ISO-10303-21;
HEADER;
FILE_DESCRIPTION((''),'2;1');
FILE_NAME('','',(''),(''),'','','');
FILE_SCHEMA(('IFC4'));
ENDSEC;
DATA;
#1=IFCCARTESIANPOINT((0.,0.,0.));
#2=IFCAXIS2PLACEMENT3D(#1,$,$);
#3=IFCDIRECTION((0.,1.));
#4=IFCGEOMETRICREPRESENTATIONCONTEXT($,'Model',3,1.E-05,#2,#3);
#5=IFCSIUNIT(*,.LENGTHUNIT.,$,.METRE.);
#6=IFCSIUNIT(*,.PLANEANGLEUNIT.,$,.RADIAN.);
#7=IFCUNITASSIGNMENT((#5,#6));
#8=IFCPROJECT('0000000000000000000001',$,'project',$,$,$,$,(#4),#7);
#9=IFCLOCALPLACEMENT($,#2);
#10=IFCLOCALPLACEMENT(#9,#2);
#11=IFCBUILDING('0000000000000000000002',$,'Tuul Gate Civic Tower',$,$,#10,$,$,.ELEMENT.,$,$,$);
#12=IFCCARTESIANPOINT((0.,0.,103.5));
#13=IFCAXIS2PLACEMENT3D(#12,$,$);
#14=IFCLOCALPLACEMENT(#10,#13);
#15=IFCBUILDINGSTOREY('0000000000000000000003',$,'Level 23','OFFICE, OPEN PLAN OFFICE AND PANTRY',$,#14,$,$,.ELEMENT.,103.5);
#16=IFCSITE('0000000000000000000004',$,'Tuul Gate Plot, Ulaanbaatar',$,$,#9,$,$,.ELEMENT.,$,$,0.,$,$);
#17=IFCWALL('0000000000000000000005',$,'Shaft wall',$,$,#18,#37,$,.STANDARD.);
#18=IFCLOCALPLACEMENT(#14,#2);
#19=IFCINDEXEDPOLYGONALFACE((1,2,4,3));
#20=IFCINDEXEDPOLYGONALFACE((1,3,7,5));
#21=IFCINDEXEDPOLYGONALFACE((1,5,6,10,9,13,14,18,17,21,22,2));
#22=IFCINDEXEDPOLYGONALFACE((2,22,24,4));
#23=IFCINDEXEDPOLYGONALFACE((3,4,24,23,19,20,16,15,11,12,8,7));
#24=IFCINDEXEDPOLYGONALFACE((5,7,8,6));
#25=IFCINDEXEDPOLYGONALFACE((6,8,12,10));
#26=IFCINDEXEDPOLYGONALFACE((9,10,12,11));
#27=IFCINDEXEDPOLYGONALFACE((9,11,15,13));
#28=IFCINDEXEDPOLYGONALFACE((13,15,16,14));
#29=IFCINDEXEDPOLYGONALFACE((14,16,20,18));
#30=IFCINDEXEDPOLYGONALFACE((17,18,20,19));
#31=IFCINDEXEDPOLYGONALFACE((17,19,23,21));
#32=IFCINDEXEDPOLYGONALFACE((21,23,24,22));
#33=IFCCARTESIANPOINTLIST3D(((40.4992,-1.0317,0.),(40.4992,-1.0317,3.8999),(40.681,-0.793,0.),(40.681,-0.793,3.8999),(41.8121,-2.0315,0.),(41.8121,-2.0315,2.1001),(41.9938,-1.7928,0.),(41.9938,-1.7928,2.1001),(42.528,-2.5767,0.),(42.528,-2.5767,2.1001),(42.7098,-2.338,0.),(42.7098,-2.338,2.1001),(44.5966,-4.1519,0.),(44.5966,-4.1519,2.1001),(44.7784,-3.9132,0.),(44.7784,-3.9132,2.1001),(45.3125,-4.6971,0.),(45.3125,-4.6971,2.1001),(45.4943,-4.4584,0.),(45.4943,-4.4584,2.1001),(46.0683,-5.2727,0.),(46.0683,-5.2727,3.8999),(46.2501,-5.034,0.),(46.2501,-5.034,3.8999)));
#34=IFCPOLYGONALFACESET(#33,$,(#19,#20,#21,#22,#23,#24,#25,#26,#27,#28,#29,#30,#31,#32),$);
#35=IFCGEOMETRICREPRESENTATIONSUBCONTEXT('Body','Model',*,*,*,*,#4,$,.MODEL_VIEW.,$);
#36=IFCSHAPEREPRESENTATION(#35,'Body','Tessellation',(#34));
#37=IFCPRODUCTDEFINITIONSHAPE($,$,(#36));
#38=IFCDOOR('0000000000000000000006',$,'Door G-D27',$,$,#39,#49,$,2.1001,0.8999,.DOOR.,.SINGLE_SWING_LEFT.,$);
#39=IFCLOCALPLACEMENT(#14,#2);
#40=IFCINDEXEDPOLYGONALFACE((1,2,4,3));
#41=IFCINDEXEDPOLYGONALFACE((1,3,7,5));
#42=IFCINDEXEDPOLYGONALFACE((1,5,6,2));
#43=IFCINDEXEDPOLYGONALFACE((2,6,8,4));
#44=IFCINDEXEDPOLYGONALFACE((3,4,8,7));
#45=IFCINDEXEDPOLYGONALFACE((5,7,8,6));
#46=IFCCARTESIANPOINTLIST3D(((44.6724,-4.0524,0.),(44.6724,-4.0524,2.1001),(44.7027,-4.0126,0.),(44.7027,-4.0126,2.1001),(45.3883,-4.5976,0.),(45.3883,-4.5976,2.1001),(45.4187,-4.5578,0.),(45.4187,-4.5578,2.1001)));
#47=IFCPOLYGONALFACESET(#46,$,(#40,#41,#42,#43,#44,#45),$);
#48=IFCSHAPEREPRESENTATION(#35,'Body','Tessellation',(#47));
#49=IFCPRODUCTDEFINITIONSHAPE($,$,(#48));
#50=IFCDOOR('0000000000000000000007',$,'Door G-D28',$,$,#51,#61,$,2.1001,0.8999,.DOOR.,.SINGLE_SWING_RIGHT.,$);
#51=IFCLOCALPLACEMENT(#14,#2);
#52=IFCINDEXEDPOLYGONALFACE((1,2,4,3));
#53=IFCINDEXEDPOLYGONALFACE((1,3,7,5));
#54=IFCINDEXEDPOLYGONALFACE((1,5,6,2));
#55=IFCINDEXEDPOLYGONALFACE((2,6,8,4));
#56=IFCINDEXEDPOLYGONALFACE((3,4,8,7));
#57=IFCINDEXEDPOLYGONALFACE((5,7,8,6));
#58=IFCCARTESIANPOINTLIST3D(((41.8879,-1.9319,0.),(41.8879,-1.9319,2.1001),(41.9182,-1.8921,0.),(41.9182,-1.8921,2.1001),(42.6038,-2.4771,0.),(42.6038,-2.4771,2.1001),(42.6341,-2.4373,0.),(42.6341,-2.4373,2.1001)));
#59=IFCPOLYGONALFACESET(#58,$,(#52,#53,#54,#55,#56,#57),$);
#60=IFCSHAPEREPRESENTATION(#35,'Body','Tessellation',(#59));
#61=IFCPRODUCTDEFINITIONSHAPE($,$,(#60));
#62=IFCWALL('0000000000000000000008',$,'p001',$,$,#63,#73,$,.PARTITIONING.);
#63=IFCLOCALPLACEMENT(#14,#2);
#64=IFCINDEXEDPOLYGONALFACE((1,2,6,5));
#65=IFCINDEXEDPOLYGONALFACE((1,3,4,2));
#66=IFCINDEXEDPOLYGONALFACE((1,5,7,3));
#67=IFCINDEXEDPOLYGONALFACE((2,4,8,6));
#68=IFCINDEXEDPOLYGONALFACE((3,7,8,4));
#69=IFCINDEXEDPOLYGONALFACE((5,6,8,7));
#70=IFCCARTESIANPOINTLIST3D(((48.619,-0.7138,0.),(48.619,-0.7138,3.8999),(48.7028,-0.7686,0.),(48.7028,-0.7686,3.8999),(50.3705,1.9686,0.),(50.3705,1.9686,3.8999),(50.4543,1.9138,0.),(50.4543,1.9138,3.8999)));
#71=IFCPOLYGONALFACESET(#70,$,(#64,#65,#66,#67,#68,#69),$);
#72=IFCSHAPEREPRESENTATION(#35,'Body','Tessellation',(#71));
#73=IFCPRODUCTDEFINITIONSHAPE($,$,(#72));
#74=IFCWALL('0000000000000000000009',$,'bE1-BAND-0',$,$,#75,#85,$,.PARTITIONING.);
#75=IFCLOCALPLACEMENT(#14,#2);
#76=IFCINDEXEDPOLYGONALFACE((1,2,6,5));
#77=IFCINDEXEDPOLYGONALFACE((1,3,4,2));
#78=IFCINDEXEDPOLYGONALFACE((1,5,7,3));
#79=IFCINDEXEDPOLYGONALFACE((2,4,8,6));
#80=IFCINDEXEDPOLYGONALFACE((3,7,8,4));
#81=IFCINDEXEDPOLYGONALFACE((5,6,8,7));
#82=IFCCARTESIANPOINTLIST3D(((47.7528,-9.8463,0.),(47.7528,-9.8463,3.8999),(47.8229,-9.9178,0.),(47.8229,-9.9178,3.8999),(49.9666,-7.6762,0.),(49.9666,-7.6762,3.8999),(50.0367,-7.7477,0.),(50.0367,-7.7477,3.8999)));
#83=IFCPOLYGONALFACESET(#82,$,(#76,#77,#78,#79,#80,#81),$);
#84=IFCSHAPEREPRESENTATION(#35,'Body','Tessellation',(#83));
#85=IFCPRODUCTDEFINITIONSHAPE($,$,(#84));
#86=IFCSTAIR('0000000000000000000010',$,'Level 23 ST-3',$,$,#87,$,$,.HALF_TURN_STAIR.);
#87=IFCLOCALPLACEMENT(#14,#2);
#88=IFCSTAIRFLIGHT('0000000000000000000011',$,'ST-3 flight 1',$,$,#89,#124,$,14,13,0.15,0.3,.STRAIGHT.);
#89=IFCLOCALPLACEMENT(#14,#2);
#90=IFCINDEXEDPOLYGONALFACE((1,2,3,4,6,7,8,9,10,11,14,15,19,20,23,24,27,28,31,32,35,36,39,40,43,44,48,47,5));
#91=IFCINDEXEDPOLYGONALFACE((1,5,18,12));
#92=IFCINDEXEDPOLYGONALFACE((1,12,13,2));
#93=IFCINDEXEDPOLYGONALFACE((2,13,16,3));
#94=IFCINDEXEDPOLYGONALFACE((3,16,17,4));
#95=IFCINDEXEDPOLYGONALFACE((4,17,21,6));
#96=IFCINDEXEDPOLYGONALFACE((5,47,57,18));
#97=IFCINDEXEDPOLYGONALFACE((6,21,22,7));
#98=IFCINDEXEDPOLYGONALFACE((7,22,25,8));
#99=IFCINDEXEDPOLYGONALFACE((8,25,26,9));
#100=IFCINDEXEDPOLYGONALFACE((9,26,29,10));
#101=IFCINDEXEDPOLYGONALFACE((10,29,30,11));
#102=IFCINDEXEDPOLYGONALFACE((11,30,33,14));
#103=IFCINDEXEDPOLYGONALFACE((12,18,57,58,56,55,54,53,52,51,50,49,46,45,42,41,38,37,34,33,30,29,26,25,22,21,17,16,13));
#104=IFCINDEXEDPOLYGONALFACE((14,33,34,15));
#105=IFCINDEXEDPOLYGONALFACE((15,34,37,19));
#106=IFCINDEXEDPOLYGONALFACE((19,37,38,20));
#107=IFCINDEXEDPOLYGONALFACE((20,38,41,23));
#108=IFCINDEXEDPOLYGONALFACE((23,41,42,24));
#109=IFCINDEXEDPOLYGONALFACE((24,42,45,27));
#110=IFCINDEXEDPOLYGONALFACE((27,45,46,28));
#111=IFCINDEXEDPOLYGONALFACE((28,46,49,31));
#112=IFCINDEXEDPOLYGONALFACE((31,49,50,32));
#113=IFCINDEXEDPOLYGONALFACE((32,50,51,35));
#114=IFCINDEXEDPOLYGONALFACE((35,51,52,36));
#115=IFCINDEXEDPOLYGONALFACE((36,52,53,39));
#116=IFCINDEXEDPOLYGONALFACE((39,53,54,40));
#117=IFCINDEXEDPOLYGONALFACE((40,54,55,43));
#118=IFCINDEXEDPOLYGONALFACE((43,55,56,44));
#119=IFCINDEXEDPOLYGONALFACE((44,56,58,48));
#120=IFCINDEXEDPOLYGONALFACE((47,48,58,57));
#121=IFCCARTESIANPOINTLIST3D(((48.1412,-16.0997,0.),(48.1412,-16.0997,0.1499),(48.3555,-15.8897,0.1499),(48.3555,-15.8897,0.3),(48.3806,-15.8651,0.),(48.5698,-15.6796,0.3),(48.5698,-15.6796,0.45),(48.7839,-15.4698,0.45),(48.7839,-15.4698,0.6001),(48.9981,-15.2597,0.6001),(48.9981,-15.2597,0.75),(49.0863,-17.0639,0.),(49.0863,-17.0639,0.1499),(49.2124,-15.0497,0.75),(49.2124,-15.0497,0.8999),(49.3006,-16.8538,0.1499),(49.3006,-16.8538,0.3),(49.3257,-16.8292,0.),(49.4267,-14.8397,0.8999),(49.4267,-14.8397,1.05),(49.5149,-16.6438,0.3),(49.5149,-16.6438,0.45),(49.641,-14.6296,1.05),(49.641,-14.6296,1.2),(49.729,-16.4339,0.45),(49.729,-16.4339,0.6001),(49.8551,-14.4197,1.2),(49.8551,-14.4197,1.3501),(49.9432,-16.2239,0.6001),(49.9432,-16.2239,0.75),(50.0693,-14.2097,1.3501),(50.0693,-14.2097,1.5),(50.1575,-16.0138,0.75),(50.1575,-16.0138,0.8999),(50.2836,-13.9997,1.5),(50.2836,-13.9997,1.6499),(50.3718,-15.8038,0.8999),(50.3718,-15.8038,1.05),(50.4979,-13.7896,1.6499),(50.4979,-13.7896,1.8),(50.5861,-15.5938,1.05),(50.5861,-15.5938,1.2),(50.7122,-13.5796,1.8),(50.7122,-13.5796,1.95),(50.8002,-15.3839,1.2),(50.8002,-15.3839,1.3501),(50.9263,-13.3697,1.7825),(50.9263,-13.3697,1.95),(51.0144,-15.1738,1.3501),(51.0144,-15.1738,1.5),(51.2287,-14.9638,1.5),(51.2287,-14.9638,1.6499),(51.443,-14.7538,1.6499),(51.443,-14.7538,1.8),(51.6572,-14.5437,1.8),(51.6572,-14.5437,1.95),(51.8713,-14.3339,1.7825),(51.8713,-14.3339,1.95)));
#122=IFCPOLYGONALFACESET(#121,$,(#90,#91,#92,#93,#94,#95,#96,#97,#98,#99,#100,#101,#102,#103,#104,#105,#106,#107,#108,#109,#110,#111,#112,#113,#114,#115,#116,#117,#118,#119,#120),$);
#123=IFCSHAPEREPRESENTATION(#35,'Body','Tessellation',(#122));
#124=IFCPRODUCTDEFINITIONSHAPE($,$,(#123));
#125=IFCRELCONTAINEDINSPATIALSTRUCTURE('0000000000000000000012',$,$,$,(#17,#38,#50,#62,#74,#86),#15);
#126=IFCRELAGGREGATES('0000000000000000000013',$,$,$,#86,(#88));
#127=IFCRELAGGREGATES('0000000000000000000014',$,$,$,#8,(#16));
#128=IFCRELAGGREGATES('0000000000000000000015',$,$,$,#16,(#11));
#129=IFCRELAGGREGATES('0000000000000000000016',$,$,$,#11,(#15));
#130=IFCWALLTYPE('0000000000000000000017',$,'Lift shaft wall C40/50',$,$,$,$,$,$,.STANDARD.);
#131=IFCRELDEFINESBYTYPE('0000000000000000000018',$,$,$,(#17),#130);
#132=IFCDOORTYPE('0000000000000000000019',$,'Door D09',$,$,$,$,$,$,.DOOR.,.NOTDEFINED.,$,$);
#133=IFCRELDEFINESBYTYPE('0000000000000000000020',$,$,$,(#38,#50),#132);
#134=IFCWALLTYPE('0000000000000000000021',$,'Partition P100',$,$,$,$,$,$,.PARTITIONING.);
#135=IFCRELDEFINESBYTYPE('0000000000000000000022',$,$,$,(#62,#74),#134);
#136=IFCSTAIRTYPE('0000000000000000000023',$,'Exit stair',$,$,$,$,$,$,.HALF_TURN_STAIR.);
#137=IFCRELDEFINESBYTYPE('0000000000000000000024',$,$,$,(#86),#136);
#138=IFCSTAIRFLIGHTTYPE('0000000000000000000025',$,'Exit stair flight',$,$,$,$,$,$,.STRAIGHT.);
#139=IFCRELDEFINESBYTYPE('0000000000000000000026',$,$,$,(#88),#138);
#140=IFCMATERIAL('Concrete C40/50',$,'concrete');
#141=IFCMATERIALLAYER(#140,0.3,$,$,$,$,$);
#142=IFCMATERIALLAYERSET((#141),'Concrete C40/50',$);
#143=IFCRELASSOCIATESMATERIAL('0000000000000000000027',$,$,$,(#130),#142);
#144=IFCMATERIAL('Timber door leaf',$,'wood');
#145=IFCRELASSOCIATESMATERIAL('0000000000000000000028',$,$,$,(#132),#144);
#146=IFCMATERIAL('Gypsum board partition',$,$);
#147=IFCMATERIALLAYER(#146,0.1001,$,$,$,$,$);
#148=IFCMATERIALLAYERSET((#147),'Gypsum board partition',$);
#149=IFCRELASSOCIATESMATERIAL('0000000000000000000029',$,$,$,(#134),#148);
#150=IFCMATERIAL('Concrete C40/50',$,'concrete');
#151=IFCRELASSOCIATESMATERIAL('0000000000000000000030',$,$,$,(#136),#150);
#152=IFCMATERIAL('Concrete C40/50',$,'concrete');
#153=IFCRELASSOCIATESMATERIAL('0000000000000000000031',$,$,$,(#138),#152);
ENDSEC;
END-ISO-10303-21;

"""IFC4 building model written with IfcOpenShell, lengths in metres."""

from ifc_helpers import new_model, si_unit, direction, frame, frame_2d, origin, place, context, subcontext, project, spatial, polyline, rectangle, outline, extrude, material, layer, layer_set, type_object, element, fill, aggregate, save


model = new_model("IFC4")

# Units and contexts
model_context = context("Model", 3, precision=1e-05, world=origin(), true_north=direction((0.0, 1.0)))
body_context = subcontext(model_context, "Body", "Model", "MODEL_VIEW")
ifc_project = project(units=[si_unit("LENGTHUNIT", "METRE"), si_unit("PLANEANGLEUNIT", "RADIAN")], contexts=[model_context])

# Site, building, storey
site_placement = place(None, origin())
site = spatial("IfcSite", under=ifc_project, at=site_placement, Name="Tuul Gate Plot, Ulaanbaatar", CompositionType="ELEMENT", RefElevation=0.0)
building_placement = place(site_placement, origin())
building = spatial("IfcBuilding", under=site, at=building_placement, Name="Tuul Gate Civic Tower", CompositionType="ELEMENT")
storey_placement = place(building_placement, frame((0.0, 0.0, 103.5)))
storey = spatial("IfcBuildingStorey", under=building, at=storey_placement, Name="Level 23", Description="OFFICE, OPEN PLAN OFFICE AND PANTRY", CompositionType="ELEMENT", Elevation=103.5)

# Shared definitions
ifc_material_1 = material(Name="Concrete C40/50", Category="concrete")
ifc_layer_1 = layer(ifc_material_1, 0.3)
ifc_layer_set_1 = layer_set([ifc_layer_1], Name="Concrete C40/50")
wall_type_1 = type_object("IfcWallType", Name="Lift shaft wall C40/50", PredefinedType="STANDARD", material=ifc_layer_set_1)

# Wall, openings, doors
wall_1_placement = place(storey_placement, frame((46.1592, -5.1533, 0.0), z_axis=(0.0, 0.0, 1.0), x_axis=(-0.79558, 0.605849, 0.0)))
wall_1 = element("IfcWall", 1, at=wall_1_placement, inside=storey, type_object=wall_type_1, Name="Shaft wall", PredefinedType="STANDARD", context=body_context, shape_type="SweptSolid", body=[
    extrude(rectangle(XDim=7.0, YDim=0.3, at=frame_2d((3.5, 0.0))), origin(), (0.0, 0.0, 1.0), 3.8999),
])
opening_1_placement = place(wall_1_placement, frame((0.95, 0.0, 0.0)))
opening_1 = element("IfcOpeningElement", 2, at=opening_1_placement, cuts=wall_1, PredefinedType="OPENING", context=body_context, shape_type="SweptSolid", body=[
    extrude(rectangle(XDim=0.8999, YDim=2.1001, at=frame_2d((0.45, 1.05))), frame((0.0, 0.1602, 0.0), z_axis=(0.0, -1.0, 0.0), x_axis=(1.0, 0.0, 0.0)), (0.0, 0.0, 1.0), 0.3201),
])
opening_2_placement = place(wall_1_placement, frame((4.45, 0.0, 0.0)))
opening_2 = element("IfcOpeningElement", 3, at=opening_2_placement, cuts=wall_1, PredefinedType="OPENING", context=body_context, shape_type="SweptSolid", body=[
    extrude(rectangle(XDim=0.8999, YDim=2.1001, at=frame_2d((0.45, 1.05))), frame((0.0, 0.1602, 0.0), z_axis=(0.0, -1.0, 0.0), x_axis=(1.0, 0.0, 0.0)), (0.0, 0.0, 1.0), 0.3201),
])
ifc_material_2 = material(Name="Timber door leaf", Category="wood")
door_type_1 = type_object("IfcDoorType", Name="Door D09", OperationType="NOTDEFINED", PredefinedType="DOOR", material=ifc_material_2)
door_1_placement = place(opening_1_placement, origin())
door_1 = element("IfcDoor", 4, at=door_1_placement, inside=storey, type_object=door_type_1, Name="Door G-D27", OperationType="SINGLE_SWING_LEFT", OverallHeight=2.1001, OverallWidth=0.8999, PredefinedType="DOOR", context=body_context, shape_type="SweptSolid", body=[
    extrude(rectangle(XDim=0.8999, YDim=2.1001, at=frame_2d((0.45, 1.05))), frame((0.0, 0.0249, 0.0), z_axis=(0.0, -1.0, 0.0), x_axis=(1.0, 0.0, 0.0)), (0.0, 0.0, 1.0), 0.05),
])
fill(opening_1, door_1)
door_2_placement = place(opening_2_placement, origin())
door_2 = element("IfcDoor", 5, at=door_2_placement, inside=storey, type_object=door_type_1, Name="Door G-D28", OperationType="SINGLE_SWING_RIGHT", OverallHeight=2.1001, OverallWidth=0.8999, PredefinedType="DOOR", context=body_context, shape_type="SweptSolid", body=[
    extrude(rectangle(XDim=0.8999, YDim=2.1001, at=frame_2d((0.45, 1.05))), frame((0.0, 0.0249, 0.0), z_axis=(0.0, -1.0, 0.0), x_axis=(1.0, 0.0, 0.0)), (0.0, 0.0, 1.0), 0.05),
])
fill(opening_2, door_2)

# Walls
ifc_material_3 = material(Name="Gypsum board partition")
ifc_layer_2 = layer(ifc_material_3, 0.1001)
ifc_layer_set_2 = layer_set([ifc_layer_2], Name="Gypsum board partition")
wall_type_2 = type_object("IfcWallType", Name="Partition P100", PredefinedType="PARTITIONING", material=ifc_layer_set_2)
wall_2_placement = place(storey_placement, frame((48.6609, -0.7412, 0.0), z_axis=(0.0, 0.0, 1.0), x_axis=(0.546726, 0.837312, 0.0)))
element("IfcWall", 6, at=wall_2_placement, inside=storey, type_object=wall_type_2, Name="p001", PredefinedType="PARTITIONING", context=body_context, shape_type="SweptSolid", body=[
    extrude(rectangle(XDim=3.2036, YDim=0.1001, at=frame_2d((1.6018, 0.0))), origin(), (0.0, 0.0, 1.0), 3.8999),
])
wall_3_placement = place(storey_placement, frame((47.7878, -9.8821, 0.0), z_axis=(0.0, 0.0, 1.0), x_axis=(0.71412, 0.700023, 0.0)))
element("IfcWall", 7, at=wall_3_placement, inside=storey, type_object=wall_type_2, Name="bE1-BAND-0", PredefinedType="PARTITIONING", context=body_context, shape_type="SweptSolid", body=[
    extrude(rectangle(XDim=3.1001, YDim=0.1001, at=frame_2d((1.55, 0.0))), origin(), (0.0, 0.0, 1.0), 3.8999),
])

# Stair, stair flight
ifc_material_4 = material(Name="Concrete C40/50", Category="concrete")
stair_type = type_object("IfcStairType", Name="Exit stair", PredefinedType="HALF_TURN_STAIR", material=ifc_material_4)
stair_placement = place(storey_placement, origin())
stair = element("IfcStair", 8, at=stair_placement, inside=storey, type_object=stair_type, Name="Level 23 ST-3", PredefinedType="HALF_TURN_STAIR")
ifc_material_5 = material(Name="Concrete C40/50", Category="concrete")
stair_flight_type = type_object("IfcStairFlightType", Name="Exit stair flight", PredefinedType="STRAIGHT", material=ifc_material_5)
stair_flight_placement = place(storey_placement, frame((48.6138, -16.5818, 0.0), z_axis=(0.0, 0.0, 1.0), x_axis=(0.714127, 0.700016, 0.0)))
stair_flight = element("IfcStairFlight", 9, at=stair_flight_placement, type_object=stair_flight_type, Name="ST-3 flight 1", NumberOfRisers=14, NumberOfTreads=13, PredefinedType="STRAIGHT", RiserHeight=0.15, TreadLength=0.3, context=body_context, shape_type="SweptSolid", body=[
    extrude(outline(polyline([(0.0, 0.0), (0.0, 0.1499), (0.3, 0.1499), (0.3, 0.3), (0.6001, 0.3), (0.6001, 0.45), (0.8999, 0.45), (0.8999, 0.6001), (1.2, 0.6001), (1.2, 0.75), (1.5, 0.75), (1.5, 0.8999), (1.8, 0.8999), (1.8, 1.05), (2.1001, 1.05), (2.1001, 1.2), (2.3999, 1.2), (2.3999, 1.3501), (2.7, 1.3501), (2.7, 1.5), (3.0, 1.5), (3.0, 1.6499), (3.3, 1.6499), (3.3, 1.8), (3.6001, 1.8), (3.6001, 1.95), (3.8999, 1.95), (3.8999, 2.1001), (3.8999, 1.7825), (0.3352, 0.0), (0.0, 0.0)])), frame((0.0, 0.675, 0.0), z_axis=(0.0, -1.0, 0.0), x_axis=(1.0, 0.0, 0.0)), (0.0, 0.0, 1.0), 1.3501),
])
aggregate(stair, [stair_flight])

save(model, "model.ifc")
